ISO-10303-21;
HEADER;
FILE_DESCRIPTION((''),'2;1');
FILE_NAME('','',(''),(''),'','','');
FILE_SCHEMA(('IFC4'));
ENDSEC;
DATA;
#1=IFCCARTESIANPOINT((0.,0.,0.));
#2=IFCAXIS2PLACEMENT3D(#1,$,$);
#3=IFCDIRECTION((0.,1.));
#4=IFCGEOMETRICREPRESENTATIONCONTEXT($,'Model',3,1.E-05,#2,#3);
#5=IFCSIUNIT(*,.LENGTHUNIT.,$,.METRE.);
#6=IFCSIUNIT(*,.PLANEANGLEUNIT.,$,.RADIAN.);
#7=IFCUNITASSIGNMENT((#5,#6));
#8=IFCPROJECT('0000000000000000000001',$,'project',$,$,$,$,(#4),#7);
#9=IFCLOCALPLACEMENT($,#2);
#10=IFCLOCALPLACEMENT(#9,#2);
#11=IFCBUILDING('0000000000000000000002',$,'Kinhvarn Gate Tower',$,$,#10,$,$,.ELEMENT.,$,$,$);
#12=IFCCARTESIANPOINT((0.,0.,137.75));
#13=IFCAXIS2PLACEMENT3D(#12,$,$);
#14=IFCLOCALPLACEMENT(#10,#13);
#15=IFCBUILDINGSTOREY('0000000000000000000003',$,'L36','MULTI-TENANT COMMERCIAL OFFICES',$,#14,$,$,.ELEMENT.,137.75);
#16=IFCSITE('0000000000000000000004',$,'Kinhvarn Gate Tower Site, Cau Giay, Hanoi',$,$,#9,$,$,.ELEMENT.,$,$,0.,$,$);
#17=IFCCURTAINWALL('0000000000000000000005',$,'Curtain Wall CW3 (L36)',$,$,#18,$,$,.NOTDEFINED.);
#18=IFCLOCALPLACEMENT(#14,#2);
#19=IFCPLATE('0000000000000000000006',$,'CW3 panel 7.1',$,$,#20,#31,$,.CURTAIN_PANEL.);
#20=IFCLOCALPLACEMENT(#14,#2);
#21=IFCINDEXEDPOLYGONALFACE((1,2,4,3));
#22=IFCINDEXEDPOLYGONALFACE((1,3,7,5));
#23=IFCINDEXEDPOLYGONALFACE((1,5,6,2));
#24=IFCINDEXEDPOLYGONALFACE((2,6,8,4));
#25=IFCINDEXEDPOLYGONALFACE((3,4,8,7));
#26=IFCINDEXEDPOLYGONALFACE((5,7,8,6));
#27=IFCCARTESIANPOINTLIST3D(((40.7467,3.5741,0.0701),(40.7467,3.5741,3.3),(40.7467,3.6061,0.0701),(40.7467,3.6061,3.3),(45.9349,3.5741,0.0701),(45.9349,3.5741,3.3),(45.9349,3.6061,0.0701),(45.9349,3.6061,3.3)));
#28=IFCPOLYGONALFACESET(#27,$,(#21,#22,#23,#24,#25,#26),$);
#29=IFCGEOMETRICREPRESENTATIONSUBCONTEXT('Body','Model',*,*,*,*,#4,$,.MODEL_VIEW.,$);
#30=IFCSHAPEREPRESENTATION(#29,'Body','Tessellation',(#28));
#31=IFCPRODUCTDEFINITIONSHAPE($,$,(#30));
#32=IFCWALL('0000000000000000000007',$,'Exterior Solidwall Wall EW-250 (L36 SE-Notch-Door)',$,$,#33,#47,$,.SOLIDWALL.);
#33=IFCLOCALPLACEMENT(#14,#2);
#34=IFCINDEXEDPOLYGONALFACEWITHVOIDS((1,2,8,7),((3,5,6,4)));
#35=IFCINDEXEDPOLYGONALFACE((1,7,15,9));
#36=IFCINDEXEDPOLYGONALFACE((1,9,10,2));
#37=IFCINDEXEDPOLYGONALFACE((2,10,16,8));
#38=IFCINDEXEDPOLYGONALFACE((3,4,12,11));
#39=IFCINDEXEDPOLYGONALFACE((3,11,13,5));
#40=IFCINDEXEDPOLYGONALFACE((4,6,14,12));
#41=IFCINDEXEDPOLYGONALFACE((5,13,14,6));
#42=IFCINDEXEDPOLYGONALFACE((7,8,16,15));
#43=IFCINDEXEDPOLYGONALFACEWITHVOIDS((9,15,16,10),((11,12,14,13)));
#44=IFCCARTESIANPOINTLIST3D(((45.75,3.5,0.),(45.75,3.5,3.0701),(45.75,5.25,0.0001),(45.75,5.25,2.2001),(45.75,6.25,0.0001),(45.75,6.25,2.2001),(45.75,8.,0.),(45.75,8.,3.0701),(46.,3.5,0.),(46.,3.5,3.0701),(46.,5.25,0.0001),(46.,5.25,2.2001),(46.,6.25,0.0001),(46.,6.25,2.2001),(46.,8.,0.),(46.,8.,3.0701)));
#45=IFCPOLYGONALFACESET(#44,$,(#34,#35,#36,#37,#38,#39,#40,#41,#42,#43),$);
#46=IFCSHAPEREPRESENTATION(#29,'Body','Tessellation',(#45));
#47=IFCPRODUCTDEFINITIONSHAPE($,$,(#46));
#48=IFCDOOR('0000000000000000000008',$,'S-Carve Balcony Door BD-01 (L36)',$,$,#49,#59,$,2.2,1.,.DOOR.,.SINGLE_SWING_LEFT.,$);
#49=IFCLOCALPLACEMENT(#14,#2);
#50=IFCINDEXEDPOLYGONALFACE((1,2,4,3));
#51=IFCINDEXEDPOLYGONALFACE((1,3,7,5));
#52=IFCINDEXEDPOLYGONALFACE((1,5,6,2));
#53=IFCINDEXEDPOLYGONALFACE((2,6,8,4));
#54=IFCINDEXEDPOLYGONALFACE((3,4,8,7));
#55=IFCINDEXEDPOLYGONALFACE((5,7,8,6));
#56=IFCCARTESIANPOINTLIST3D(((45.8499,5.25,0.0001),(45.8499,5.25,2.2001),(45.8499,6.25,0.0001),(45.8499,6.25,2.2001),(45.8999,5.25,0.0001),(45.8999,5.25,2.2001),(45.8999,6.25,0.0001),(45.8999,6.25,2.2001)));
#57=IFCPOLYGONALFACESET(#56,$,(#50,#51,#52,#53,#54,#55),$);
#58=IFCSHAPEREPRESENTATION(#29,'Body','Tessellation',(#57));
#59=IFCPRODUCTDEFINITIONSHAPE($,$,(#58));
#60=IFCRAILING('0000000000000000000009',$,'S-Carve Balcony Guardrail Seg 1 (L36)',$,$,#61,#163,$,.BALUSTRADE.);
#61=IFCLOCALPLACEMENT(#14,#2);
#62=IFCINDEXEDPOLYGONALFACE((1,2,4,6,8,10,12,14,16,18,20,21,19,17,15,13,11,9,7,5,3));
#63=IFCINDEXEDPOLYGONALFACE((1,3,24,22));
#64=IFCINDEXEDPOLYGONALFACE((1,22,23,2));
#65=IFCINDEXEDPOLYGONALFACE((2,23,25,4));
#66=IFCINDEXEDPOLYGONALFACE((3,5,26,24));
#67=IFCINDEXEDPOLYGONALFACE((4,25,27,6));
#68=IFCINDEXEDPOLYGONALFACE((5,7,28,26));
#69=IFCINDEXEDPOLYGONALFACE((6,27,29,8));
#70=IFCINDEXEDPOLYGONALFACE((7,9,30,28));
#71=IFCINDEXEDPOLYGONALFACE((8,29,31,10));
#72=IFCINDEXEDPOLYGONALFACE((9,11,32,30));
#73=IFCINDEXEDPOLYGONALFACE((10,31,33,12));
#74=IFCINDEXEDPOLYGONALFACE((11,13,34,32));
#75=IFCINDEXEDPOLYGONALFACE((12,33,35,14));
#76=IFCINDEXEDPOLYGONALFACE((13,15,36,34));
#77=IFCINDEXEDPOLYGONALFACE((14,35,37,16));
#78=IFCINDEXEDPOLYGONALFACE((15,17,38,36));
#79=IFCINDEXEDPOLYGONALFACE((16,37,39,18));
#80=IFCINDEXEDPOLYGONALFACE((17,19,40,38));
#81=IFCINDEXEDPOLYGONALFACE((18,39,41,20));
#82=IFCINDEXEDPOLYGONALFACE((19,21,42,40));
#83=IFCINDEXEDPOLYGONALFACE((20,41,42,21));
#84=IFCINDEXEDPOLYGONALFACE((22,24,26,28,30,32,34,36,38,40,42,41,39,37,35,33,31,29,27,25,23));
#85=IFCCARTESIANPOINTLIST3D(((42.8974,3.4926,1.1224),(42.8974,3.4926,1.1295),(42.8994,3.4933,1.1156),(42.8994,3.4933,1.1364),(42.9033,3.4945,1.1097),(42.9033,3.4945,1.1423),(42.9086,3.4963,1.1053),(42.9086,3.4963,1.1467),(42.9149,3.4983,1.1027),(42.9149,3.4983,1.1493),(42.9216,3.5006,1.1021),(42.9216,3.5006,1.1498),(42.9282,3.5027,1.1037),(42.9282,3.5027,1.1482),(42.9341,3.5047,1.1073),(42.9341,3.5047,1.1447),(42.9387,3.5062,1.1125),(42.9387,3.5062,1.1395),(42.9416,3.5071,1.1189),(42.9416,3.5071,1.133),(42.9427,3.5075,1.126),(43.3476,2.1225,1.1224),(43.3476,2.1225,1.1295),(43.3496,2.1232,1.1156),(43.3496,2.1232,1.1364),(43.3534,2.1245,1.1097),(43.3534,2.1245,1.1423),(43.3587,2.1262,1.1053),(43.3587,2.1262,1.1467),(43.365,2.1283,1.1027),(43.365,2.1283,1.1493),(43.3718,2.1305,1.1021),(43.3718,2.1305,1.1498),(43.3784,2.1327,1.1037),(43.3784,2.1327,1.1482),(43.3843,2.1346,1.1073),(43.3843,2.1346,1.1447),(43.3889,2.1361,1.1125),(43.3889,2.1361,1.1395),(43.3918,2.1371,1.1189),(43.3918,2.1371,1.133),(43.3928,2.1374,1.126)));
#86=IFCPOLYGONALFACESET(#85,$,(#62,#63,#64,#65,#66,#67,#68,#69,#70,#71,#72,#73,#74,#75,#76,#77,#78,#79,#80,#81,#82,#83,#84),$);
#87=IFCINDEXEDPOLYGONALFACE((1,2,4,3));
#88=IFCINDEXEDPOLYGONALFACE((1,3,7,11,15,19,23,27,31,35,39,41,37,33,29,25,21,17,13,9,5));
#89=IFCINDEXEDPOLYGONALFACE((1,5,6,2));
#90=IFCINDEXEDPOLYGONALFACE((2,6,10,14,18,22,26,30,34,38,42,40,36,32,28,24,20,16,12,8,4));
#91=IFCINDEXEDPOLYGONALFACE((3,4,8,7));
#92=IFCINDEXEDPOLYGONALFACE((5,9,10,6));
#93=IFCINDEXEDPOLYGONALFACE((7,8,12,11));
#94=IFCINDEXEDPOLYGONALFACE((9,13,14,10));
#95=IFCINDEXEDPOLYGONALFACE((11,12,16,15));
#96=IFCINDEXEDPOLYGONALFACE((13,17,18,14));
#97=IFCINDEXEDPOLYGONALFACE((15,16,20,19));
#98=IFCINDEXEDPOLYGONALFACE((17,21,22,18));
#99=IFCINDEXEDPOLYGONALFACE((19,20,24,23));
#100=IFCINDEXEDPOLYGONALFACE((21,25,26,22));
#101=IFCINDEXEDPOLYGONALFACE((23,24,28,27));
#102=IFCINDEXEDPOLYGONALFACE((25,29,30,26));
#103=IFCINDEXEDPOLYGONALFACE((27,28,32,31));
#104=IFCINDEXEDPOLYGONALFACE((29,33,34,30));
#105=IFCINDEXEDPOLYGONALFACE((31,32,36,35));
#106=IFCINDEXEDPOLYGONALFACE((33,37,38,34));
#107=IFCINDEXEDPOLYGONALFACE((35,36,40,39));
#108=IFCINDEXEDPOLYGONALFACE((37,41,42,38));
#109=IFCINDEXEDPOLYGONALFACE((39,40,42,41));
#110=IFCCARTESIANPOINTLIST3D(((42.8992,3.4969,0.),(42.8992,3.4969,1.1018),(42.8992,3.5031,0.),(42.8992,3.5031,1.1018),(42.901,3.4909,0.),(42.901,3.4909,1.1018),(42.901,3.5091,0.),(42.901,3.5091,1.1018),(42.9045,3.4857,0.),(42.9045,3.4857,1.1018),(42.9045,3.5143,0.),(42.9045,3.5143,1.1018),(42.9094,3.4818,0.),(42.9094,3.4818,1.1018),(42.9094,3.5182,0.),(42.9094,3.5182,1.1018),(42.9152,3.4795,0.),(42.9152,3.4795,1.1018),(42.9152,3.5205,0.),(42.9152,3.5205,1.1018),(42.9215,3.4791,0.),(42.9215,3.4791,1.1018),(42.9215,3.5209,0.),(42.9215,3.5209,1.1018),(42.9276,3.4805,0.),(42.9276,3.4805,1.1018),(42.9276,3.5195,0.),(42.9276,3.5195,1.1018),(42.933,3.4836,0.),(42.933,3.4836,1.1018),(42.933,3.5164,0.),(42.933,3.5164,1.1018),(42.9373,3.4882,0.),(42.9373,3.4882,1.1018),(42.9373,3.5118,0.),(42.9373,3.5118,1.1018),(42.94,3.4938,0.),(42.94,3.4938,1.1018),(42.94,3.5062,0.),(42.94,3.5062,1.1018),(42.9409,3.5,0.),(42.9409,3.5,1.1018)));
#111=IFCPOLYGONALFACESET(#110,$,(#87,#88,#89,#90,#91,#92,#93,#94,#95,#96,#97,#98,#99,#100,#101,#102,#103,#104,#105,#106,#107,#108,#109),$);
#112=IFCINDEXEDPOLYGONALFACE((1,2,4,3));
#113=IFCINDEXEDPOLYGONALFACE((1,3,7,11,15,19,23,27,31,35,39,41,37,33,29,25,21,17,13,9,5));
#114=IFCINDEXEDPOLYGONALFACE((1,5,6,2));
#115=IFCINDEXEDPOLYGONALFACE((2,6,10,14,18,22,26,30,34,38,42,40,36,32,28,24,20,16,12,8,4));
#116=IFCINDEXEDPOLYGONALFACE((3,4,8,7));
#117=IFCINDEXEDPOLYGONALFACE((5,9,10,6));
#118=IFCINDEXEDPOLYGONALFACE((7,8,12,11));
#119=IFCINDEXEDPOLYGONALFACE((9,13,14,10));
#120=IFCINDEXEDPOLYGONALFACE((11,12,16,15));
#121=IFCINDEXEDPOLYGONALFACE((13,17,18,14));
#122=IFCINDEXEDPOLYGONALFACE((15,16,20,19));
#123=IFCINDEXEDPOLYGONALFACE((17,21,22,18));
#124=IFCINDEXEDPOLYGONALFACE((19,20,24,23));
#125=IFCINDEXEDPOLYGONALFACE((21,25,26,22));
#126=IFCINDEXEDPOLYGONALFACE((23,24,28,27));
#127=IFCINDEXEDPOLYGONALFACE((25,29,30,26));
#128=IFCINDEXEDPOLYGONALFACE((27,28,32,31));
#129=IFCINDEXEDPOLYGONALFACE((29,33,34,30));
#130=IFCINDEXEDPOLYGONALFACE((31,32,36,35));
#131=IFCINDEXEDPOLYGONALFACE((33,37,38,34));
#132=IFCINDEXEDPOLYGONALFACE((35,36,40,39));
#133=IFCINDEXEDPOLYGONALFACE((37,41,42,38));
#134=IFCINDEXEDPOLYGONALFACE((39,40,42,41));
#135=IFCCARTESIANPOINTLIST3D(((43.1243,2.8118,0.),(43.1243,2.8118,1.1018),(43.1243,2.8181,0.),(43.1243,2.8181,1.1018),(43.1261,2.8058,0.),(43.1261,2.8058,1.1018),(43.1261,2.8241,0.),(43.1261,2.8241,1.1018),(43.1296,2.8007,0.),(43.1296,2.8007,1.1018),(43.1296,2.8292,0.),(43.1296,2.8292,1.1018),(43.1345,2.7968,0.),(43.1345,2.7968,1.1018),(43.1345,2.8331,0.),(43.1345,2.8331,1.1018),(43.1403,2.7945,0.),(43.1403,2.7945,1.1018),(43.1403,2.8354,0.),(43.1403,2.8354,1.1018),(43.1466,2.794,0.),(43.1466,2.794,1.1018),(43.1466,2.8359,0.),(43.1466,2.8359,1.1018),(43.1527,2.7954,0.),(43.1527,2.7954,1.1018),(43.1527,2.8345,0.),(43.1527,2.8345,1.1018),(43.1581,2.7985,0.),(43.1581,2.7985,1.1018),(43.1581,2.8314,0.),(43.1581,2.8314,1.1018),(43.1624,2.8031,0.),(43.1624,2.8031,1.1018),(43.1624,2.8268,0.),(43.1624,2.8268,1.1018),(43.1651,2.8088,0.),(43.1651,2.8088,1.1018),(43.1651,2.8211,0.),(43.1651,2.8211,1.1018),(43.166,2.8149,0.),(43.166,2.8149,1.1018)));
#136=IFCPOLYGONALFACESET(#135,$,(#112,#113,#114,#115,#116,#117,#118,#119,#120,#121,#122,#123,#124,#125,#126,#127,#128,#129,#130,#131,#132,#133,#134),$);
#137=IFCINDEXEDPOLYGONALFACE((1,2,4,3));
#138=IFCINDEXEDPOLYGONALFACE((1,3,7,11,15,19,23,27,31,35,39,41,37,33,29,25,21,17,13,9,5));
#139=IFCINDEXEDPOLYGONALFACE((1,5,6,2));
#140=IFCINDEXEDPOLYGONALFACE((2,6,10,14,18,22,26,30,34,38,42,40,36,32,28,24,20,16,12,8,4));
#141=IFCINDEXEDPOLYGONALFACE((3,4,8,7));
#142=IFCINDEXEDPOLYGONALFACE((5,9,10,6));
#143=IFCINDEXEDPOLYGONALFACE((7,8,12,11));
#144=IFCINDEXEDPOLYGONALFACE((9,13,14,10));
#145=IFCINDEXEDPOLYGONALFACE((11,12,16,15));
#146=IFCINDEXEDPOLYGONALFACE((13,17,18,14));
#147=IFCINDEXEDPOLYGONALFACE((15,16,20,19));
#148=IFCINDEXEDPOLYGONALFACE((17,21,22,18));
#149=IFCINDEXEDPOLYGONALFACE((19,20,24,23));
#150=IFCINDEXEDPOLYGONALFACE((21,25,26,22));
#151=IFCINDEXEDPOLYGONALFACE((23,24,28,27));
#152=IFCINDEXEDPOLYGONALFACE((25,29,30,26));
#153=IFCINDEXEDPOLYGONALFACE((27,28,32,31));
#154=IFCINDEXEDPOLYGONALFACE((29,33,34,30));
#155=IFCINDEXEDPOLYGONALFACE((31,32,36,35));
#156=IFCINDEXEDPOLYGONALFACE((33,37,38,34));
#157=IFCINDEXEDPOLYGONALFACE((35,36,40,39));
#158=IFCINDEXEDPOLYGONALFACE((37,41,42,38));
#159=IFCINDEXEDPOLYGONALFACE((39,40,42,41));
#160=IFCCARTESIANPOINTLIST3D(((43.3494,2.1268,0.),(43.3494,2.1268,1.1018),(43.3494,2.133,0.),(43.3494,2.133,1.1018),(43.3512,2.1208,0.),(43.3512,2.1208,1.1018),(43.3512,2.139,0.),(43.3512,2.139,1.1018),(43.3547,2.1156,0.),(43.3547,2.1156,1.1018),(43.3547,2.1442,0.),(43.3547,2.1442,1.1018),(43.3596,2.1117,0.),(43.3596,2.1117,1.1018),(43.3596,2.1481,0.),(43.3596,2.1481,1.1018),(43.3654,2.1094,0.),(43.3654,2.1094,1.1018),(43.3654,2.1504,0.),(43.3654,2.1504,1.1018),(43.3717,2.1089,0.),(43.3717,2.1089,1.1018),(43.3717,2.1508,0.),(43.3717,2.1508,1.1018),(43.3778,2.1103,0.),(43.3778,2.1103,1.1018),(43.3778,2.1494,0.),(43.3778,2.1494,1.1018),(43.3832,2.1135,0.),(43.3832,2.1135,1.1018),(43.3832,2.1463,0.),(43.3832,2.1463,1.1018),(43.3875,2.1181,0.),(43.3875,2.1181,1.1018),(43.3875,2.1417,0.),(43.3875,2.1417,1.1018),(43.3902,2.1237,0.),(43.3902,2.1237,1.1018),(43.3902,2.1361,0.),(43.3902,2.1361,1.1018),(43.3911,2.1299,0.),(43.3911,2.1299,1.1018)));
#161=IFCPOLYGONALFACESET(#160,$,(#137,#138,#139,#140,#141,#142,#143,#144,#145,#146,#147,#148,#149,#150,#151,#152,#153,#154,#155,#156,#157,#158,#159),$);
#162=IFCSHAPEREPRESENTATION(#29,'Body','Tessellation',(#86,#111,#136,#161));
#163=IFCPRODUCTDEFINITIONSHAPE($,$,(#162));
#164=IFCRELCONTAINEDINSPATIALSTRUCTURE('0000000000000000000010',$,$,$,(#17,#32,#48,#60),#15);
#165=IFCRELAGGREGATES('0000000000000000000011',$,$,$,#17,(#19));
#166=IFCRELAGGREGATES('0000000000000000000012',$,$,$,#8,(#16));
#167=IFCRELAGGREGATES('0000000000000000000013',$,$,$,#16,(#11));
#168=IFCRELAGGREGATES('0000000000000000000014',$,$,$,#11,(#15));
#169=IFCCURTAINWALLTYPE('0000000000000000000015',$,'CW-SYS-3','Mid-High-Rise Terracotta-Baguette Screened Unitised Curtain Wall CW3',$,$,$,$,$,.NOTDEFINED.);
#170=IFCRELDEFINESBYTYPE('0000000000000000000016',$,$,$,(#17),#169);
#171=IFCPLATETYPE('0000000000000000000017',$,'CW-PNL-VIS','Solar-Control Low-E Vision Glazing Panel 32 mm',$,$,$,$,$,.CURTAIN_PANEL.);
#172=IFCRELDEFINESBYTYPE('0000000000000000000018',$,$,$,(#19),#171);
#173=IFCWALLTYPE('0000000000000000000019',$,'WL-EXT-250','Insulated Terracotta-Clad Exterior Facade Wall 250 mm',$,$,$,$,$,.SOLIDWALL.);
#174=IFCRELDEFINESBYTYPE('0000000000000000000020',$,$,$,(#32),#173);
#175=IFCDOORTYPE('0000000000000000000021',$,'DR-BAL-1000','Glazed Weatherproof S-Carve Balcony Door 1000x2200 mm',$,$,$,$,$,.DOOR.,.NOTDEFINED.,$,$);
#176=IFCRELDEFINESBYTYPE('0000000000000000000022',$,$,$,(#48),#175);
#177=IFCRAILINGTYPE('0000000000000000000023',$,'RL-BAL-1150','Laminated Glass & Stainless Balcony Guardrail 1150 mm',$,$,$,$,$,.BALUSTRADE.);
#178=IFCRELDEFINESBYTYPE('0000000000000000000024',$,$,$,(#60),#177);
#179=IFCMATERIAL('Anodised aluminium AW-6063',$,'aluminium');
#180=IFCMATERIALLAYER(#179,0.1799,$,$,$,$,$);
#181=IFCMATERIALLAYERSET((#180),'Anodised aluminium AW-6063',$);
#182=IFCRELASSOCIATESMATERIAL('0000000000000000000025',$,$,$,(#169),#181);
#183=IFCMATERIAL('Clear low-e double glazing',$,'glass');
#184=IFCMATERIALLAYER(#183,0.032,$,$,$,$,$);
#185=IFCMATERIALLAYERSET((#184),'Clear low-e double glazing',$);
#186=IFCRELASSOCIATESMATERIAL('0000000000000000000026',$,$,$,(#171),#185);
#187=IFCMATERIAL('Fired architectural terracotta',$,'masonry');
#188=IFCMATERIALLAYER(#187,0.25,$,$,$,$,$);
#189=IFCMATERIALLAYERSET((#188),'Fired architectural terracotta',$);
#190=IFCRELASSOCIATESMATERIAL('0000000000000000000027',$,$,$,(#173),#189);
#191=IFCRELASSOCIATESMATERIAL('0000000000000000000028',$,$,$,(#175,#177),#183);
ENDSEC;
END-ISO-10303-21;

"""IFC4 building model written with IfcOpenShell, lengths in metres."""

from ifc_helpers import new_model, si_unit, direction, frame, frame_2d, origin, origin_2d, place, context, subcontext, project, spatial, rectangle, circle, extrude, material, layer, layer_set, type_object, element, fill, aggregate, save


model = new_model("IFC4")

# Units and contexts
model_context = context("Model", 3, precision=1e-05, world=origin(), true_north=direction((0.0, 1.0)))
body_context = subcontext(model_context, "Body", "Model", "MODEL_VIEW")
ifc_project = project(units=[si_unit("LENGTHUNIT", "METRE"), si_unit("PLANEANGLEUNIT", "RADIAN")], contexts=[model_context])

# Site, building, storey
site_placement = place(None, origin())
site = spatial("IfcSite", under=ifc_project, at=site_placement, Name="Kinhvarn Gate Tower Site, Cau Giay, Hanoi", CompositionType="ELEMENT", RefElevation=0.0)
building_placement = place(site_placement, origin())
building = spatial("IfcBuilding", under=site, at=building_placement, Name="Kinhvarn Gate Tower", CompositionType="ELEMENT")
storey_placement = place(building_placement, frame((0.0, 0.0, 137.75)))
storey = spatial("IfcBuildingStorey", under=building, at=storey_placement, Name="L36", Description="MULTI-TENANT COMMERCIAL OFFICES", CompositionType="ELEMENT", Elevation=137.75)

# Curtain wall
ifc_material_1 = material(Name="Anodised aluminium AW-6063", Category="aluminium")
ifc_layer_1 = layer(ifc_material_1, 0.1799)
ifc_layer_set_1 = layer_set([ifc_layer_1], Name="Anodised aluminium AW-6063")
curtain_wall_type = type_object("IfcCurtainWallType", Name="CW-SYS-3", Description="Mid-High-Rise Terracotta-Baguette Screened Unitised Curtain Wall CW3", PredefinedType="NOTDEFINED", material=ifc_layer_set_1)
curtain_wall_1_placement = place(storey_placement, origin())
curtain_wall_1 = element("IfcCurtainWall", 1, at=curtain_wall_1_placement, inside=storey, type_object=curtain_wall_type, Name="Curtain Wall CW3 (L36)", PredefinedType="NOTDEFINED")

# Plate
ifc_material_2 = material(Name="Clear low-e double glazing", Category="glass")
ifc_layer_2 = layer(ifc_material_2, 0.032)
ifc_layer_set_2 = layer_set([ifc_layer_2], Name="Clear low-e double glazing")
plate_type = type_object("IfcPlateType", Name="CW-PNL-VIS", Description="Solar-Control Low-E Vision Glazing Panel 32 mm", PredefinedType="CURTAIN_PANEL", material=ifc_layer_set_2)
plate_placement = place(storey_placement, frame((43.3408, 3.5901, 0.0701), z_axis=(0.0, 0.0, 1.0), x_axis=(1.0, 0.0, 0.0)))
plate = element("IfcPlate", 2, at=plate_placement, type_object=plate_type, Name="CW3 panel 7.1", PredefinedType="CURTAIN_PANEL", context=body_context, shape_type="SweptSolid", body=[
    extrude(rectangle(XDim=5.1882, YDim=0.032, at=origin_2d()), origin(), (0.0, 0.0, 1.0), 3.23),
])
aggregate(curtain_wall_1, [plate])

# Wall, opening, door
ifc_material_3 = material(Name="Fired architectural terracotta", Category="masonry")
ifc_layer_3 = layer(ifc_material_3, 0.25)
ifc_layer_set_3 = layer_set([ifc_layer_3], Name="Fired architectural terracotta")
wall_type = type_object("IfcWallType", Name="WL-EXT-250", Description="Insulated Terracotta-Clad Exterior Facade Wall 250 mm", PredefinedType="SOLIDWALL", material=ifc_layer_set_3)
wall_placement = place(storey_placement, frame((45.875, 3.5, 0.0), z_axis=(0.0, 0.0, 1.0), x_axis=(0.0, 1.0, 0.0)))
wall = element("IfcWall", 3, at=wall_placement, inside=storey, type_object=wall_type, Name="Exterior Solidwall Wall EW-250 (L36 SE-Notch-Door)", PredefinedType="SOLIDWALL", context=body_context, shape_type="SweptSolid", body=[
    extrude(rectangle(XDim=4.5, YDim=0.25, at=frame_2d((2.25, 0.0))), origin(), (0.0, 0.0, 1.0), 3.0701),
])
opening_placement = place(wall_placement, frame((1.75, 0.0, 0.0)))
opening = element("IfcOpeningElement", 4, at=opening_placement, cuts=wall, PredefinedType="OPENING", context=body_context, shape_type="SweptSolid", body=[
    extrude(rectangle(XDim=1.0, YDim=2.2, at=frame_2d((0.5, 1.1001))), frame((0.0, 0.135, 0.0), z_axis=(0.0, -1.0, 0.0), x_axis=(1.0, 0.0, 0.0)), (0.0, 0.0, 1.0), 0.27),
])
door_type = type_object("IfcDoorType", Name="DR-BAL-1000", Description="Glazed Weatherproof S-Carve Balcony Door 1000x2200 mm", OperationType="NOTDEFINED", PredefinedType="DOOR", material=ifc_material_2)
door_placement = place(opening_placement, frame((1.0, 0.0, 0.0), z_axis=(0.0, 0.0, 1.0), x_axis=(-1.0, 0.0, 0.0)))
door = element("IfcDoor", 5, at=door_placement, inside=storey, type_object=door_type, Name="S-Carve Balcony Door BD-01 (L36)", OperationType="SINGLE_SWING_LEFT", OverallHeight=2.2, OverallWidth=1.0, PredefinedType="DOOR", context=body_context, shape_type="SweptSolid", body=[
    extrude(rectangle(XDim=1.0, YDim=2.2, at=frame_2d((0.5, 1.1001))), frame((0.0, 0.0249, 0.0), z_axis=(0.0, -1.0, 0.0), x_axis=(1.0, 0.0, 0.0)), (0.0, 0.0, 1.0), 0.05),
])
fill(opening, door)

# Railing
railing_type = type_object("IfcRailingType", Name="RL-BAL-1150", Description="Laminated Glass & Stainless Balcony Guardrail 1150 mm", PredefinedType="BALUSTRADE", material=ifc_material_2)
railing_1_placement = place(storey_placement, frame((42.9199, 3.5, 0.0)))
element("IfcRailing", 6, at=railing_1_placement, inside=storey, type_object=railing_type, Name="S-Carve Balcony Guardrail Seg 1 (L36)", PredefinedType="BALUSTRADE", context=body_context, shape_type="SweptSolid", body=[
    extrude(circle(Radius=0.0239, at=origin_2d()), frame((0.0, 0.0, 1.126), z_axis=(0.312162, -0.950029, 0.0), x_axis=(0.950029, 0.312162, 0.0)), (0.0, 0.0, 1.0), 1.4421),
    extrude(circle(Radius=0.021, at=origin_2d()), origin(), (0.0, 0.0, 1.0), 1.1018),
    extrude(circle(Radius=0.021, at=origin_2d()), frame((0.2251, -0.6851, 0.0)), (0.0, 0.0, 1.0), 1.1018),
    extrude(circle(Radius=0.021, at=origin_2d()), frame((0.4502, -1.3701, 0.0)), (0.0, 0.0, 1.0), 1.1018),
])

save(model, "model.ifc")
